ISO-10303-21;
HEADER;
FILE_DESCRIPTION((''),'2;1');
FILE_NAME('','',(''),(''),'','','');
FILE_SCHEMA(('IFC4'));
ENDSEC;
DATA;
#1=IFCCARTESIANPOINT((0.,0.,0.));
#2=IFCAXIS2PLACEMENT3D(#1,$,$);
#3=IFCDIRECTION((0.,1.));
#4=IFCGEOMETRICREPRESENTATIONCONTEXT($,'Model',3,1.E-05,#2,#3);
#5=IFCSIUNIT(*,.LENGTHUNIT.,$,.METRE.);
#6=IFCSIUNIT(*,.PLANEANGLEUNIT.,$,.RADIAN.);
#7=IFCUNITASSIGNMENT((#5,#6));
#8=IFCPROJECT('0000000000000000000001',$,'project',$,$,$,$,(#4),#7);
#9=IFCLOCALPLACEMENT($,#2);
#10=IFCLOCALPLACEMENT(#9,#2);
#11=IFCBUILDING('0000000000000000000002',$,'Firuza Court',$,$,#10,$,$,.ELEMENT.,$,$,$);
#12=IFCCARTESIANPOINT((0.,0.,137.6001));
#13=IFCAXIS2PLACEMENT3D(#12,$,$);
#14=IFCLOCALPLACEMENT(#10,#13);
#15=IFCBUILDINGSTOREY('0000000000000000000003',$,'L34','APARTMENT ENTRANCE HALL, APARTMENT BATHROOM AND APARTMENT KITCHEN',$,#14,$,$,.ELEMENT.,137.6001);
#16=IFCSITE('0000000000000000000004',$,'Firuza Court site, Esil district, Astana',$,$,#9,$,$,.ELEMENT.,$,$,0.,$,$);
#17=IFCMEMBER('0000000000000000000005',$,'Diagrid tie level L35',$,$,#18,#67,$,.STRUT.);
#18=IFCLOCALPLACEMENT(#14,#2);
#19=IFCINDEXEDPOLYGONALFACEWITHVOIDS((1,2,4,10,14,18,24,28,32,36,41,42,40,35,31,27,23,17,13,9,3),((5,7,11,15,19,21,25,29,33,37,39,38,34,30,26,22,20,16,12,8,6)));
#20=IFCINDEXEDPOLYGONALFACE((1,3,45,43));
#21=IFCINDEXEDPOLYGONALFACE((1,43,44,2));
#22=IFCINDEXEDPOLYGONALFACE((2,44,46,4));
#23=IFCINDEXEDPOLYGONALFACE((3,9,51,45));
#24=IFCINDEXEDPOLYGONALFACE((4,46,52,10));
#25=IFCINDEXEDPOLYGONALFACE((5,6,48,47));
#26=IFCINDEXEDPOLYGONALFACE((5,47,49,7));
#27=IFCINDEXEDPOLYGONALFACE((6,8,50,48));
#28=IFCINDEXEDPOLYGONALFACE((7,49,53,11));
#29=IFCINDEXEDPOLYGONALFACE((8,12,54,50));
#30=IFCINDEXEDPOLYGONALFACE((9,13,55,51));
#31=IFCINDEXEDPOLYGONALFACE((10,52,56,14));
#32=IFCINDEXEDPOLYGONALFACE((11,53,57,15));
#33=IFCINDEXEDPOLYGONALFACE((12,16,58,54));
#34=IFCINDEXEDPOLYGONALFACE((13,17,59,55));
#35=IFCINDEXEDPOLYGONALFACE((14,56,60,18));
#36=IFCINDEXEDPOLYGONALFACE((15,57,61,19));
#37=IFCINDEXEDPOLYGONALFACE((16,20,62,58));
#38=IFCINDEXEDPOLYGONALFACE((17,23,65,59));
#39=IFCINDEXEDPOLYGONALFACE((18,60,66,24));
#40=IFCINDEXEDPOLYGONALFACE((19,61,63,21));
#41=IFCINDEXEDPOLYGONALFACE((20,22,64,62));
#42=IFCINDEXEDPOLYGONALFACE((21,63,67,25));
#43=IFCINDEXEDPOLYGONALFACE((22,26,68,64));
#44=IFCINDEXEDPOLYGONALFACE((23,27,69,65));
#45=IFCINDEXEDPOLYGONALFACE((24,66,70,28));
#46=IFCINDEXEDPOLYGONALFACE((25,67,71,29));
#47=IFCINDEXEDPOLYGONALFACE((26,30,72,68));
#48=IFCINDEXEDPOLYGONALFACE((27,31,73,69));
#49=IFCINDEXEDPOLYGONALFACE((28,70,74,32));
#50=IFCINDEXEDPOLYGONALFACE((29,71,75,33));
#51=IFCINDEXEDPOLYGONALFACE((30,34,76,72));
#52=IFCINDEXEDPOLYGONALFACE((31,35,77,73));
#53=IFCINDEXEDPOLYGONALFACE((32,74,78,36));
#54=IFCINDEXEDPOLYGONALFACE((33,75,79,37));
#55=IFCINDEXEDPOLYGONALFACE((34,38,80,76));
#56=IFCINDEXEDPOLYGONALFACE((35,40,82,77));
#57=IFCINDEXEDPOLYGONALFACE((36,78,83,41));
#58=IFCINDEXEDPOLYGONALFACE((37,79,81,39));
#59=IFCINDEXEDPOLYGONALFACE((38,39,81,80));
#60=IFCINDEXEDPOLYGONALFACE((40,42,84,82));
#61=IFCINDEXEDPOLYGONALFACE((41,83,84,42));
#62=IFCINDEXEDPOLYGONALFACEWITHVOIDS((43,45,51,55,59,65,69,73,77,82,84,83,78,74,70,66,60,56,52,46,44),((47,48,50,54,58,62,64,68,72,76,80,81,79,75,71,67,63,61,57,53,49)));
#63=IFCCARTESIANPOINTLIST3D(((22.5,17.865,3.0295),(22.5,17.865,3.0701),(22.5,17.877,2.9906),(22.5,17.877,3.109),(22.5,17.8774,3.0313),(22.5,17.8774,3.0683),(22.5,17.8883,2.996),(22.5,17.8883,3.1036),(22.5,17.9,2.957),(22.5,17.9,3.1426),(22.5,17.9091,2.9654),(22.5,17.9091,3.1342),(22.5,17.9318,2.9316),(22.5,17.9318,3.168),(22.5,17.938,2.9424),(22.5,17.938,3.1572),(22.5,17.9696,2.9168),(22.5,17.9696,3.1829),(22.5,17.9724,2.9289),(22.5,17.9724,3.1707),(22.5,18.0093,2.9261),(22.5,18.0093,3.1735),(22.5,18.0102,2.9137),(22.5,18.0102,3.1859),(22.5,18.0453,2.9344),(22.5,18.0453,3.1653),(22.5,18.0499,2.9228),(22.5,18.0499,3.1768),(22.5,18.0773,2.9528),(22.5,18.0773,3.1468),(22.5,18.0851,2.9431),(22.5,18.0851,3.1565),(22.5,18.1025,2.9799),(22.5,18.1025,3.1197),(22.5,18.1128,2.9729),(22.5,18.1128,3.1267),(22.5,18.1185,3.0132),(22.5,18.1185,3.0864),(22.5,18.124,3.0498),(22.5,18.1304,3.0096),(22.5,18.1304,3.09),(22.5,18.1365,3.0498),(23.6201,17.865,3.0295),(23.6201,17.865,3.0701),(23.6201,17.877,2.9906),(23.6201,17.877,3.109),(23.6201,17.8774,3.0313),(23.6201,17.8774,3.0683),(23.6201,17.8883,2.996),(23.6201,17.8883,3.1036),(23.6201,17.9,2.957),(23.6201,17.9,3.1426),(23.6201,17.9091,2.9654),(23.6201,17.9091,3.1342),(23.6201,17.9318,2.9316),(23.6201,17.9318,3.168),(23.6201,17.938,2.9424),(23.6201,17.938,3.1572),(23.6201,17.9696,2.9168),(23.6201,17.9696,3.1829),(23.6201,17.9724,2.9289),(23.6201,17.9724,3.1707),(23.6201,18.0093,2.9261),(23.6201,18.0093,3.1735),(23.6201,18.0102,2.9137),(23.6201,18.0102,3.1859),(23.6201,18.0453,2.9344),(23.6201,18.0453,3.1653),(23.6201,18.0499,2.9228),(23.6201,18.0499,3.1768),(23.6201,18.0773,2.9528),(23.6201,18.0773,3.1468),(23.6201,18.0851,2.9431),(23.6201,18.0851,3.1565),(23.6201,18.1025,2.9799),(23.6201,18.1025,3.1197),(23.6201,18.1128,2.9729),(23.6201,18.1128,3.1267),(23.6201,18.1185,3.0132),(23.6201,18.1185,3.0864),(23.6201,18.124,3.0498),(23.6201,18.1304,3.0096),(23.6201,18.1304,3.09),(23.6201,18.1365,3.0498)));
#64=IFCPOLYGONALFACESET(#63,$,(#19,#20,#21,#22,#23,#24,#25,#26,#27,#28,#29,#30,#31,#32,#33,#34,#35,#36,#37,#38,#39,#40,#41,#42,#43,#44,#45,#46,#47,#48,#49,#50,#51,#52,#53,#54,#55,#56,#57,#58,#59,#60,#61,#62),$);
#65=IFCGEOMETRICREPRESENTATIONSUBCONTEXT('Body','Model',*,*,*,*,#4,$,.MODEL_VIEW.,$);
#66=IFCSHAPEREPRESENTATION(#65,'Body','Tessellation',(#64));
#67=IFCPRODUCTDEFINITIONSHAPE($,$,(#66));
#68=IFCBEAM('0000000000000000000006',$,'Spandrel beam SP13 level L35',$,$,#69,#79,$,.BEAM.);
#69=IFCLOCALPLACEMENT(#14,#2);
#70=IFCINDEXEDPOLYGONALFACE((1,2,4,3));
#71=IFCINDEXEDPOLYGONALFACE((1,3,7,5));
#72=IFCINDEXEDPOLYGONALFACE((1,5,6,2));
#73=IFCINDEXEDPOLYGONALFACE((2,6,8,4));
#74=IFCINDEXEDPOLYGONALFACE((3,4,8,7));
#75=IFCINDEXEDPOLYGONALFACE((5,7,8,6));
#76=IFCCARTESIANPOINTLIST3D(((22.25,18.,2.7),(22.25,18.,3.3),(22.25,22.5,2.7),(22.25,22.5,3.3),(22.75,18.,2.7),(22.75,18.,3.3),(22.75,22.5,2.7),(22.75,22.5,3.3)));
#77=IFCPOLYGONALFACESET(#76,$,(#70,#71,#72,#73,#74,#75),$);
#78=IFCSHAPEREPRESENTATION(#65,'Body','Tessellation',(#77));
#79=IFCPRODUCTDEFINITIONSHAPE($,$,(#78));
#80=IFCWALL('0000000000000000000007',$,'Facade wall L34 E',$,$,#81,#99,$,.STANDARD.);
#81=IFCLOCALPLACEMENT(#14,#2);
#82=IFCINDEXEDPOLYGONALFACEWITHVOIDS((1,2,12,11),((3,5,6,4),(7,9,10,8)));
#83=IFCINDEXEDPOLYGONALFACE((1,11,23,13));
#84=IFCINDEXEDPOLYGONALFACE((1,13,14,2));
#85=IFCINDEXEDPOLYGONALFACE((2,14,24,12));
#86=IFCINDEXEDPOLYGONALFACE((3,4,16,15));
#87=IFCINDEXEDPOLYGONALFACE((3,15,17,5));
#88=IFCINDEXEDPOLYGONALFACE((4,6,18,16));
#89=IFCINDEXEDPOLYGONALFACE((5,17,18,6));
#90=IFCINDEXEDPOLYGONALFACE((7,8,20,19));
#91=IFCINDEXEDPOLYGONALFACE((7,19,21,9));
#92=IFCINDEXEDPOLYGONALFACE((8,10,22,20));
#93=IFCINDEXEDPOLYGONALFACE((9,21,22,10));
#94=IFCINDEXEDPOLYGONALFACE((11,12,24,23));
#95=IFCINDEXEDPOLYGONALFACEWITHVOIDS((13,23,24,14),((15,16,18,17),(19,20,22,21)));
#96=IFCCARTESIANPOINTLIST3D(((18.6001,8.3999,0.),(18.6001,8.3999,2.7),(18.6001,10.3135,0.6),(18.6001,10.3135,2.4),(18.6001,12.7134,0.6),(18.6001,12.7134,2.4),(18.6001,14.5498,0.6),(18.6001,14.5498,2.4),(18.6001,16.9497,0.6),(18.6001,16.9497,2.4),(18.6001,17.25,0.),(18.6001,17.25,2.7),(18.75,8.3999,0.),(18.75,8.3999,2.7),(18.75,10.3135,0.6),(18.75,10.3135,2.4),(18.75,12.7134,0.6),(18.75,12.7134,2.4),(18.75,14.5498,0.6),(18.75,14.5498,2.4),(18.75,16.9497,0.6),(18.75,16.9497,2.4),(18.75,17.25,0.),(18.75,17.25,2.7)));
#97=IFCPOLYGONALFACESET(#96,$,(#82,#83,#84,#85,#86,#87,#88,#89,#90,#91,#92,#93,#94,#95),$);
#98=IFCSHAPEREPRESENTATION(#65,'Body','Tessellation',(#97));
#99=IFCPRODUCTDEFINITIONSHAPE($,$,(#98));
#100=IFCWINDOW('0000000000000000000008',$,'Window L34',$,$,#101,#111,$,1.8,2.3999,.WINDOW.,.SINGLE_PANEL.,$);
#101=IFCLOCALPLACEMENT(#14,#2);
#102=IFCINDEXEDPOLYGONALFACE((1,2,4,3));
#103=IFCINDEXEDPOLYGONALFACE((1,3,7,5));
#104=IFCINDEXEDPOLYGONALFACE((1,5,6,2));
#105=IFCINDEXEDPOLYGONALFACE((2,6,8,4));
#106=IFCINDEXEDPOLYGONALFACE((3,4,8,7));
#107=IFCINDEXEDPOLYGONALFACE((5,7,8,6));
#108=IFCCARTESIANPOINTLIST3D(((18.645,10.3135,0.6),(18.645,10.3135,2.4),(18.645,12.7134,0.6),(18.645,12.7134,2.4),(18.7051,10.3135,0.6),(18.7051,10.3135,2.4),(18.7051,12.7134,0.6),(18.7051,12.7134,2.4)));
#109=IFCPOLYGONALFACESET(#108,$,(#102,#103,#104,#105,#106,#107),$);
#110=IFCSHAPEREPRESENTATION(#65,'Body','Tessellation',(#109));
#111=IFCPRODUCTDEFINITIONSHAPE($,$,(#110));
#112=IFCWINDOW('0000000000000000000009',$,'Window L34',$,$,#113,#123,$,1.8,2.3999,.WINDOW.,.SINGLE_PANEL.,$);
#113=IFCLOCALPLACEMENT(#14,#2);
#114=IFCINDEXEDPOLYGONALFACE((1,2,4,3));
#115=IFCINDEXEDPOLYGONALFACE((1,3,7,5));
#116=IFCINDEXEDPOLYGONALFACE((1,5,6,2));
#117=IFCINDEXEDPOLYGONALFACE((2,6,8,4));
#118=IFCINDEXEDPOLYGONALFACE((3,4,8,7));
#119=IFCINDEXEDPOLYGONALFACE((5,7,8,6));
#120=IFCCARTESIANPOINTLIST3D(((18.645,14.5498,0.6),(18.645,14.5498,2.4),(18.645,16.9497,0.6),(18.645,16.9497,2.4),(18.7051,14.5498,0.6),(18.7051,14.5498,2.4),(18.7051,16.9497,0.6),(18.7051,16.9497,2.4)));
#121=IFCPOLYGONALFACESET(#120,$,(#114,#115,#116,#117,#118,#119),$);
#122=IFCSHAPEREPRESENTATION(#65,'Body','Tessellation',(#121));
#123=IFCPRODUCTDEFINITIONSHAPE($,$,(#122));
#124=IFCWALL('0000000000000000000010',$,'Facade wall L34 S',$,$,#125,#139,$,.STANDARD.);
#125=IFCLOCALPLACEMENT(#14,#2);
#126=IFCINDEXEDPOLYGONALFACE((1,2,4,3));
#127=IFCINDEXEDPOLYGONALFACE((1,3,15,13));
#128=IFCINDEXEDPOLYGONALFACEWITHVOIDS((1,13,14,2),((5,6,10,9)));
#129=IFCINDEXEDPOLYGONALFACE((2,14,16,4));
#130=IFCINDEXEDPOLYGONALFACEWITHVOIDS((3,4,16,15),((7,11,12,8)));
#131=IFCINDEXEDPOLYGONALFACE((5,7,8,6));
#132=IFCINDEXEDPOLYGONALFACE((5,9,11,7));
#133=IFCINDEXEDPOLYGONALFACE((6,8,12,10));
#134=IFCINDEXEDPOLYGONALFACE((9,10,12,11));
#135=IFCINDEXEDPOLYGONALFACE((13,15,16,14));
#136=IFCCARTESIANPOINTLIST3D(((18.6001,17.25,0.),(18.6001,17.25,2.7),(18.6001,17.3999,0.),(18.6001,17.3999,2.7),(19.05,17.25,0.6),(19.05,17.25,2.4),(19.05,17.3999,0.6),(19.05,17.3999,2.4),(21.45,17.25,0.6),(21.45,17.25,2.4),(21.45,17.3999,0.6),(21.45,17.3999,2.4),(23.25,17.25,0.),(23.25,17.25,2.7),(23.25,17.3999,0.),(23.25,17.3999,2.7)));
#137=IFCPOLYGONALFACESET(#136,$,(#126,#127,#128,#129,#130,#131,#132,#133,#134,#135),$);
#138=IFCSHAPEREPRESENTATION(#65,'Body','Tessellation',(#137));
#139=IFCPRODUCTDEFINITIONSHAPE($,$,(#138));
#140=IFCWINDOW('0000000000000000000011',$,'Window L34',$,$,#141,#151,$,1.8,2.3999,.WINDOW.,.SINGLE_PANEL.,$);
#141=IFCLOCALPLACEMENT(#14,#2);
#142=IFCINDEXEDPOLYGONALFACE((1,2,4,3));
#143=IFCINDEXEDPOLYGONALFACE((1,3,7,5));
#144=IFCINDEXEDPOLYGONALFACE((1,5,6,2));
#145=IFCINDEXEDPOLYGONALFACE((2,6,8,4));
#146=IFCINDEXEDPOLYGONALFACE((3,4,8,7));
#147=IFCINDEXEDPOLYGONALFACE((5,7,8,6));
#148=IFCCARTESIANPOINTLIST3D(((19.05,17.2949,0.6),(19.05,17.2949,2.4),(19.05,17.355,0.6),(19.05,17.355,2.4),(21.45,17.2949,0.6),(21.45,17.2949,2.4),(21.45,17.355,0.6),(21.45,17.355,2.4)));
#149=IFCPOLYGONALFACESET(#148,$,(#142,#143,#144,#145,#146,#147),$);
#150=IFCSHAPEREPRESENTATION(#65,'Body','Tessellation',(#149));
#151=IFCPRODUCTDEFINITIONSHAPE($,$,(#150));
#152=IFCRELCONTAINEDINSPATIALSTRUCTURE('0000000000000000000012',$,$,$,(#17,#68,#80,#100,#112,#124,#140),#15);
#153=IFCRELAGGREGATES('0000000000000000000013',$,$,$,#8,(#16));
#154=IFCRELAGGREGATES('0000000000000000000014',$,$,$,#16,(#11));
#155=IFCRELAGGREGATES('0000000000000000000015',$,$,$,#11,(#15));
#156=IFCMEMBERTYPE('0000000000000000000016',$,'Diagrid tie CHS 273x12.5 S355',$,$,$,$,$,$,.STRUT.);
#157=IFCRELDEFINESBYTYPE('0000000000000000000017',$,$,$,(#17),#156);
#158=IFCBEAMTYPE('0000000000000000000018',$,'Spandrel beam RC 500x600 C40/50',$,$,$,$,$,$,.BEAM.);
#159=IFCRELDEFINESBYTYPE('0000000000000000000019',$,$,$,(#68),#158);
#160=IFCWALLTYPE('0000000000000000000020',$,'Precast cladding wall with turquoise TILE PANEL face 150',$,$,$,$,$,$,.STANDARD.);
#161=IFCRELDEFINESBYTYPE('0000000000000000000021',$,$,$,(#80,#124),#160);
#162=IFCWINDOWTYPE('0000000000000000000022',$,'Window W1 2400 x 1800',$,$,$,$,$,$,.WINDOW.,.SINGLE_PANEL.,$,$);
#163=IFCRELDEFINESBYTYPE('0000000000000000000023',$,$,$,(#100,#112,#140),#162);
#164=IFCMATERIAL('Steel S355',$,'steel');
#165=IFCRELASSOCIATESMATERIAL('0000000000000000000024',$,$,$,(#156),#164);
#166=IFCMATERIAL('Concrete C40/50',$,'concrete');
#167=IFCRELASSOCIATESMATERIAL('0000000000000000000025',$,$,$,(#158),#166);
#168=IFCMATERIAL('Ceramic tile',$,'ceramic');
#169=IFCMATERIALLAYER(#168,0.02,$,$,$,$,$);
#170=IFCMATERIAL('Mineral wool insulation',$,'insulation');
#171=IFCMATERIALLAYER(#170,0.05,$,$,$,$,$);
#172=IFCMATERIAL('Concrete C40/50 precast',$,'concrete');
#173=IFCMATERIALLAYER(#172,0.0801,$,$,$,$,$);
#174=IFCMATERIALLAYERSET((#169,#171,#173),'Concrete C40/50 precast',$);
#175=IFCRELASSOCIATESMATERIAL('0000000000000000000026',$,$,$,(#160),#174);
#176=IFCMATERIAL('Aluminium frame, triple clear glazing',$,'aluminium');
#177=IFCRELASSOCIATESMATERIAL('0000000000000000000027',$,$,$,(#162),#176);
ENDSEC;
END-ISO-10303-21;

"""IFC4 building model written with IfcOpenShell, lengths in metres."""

from ifc_helpers import new_model, si_unit, direction, frame, frame_2d, origin, origin_2d, place, context, subcontext, project, spatial, rectangle, hollow_circle, extrude, material, layer, layer_set, material_profile, profile_set, type_object, element, fill, save


model = new_model("IFC4")

# Units and contexts
model_context = context("Model", 3, precision=1e-05, world=origin(), true_north=direction((0.0, 1.0)))
body_context = subcontext(model_context, "Body", "Model", "MODEL_VIEW")
ifc_project = project(units=[si_unit("LENGTHUNIT", "METRE"), si_unit("PLANEANGLEUNIT", "RADIAN")], contexts=[model_context])

# Site, building, storey
site_placement = place(None, origin())
site = spatial("IfcSite", under=ifc_project, at=site_placement, Name="Firuza Court site, Esil district, Astana", CompositionType="ELEMENT", RefElevation=0.0)
building_placement = place(site_placement, origin())
building = spatial("IfcBuilding", under=site, at=building_placement, Name="Firuza Court", CompositionType="ELEMENT")
storey_placement = place(building_placement, frame((0.0, 0.0, 137.6001)))
storey = spatial("IfcBuildingStorey", under=building, at=storey_placement, Name="L34", Description="APARTMENT ENTRANCE HALL, APARTMENT BATHROOM AND APARTMENT KITCHEN", CompositionType="ELEMENT", Elevation=137.6001)

# Member
ifc_material_1 = material(Name="Steel S355", Category="steel")
ifc_material_profile_1 = material_profile(ifc_material_1, hollow_circle(Radius=0.1365, WallThickness=0.0125, at=origin_2d()), Name="CHS 273x12.5")
ifc_profile_set_1 = profile_set([ifc_material_profile_1], Name="Steel S355")
member_type_1 = type_object("IfcMemberType", Name="Diagrid tie CHS 273x12.5 S355", PredefinedType="STRUT", material=ifc_profile_set_1)
member_placement = place(storey_placement, frame((22.5, 18.0, 3.0498), z_axis=(1.0, 0.0, 0.0), x_axis=(0.0, 1.0, 0.0)))
element("IfcMember", 1, at=member_placement, inside=storey, type_object=member_type_1, Name="Diagrid tie level L35", PredefinedType="STRUT", context=body_context, shape_type="SweptSolid", body=[
    extrude(hollow_circle(Radius=0.1365, WallThickness=0.0125, at=origin_2d()), origin(), (0.0, 0.0, 1.0), 1.1201),
])

# Beam
ifc_material_2 = material(Name="Concrete C40/50", Category="concrete")
ifc_material_profile_2 = material_profile(ifc_material_2, rectangle(XDim=0.5, YDim=0.6001, at=origin_2d()), Name="RC 500x600")
ifc_profile_set_2 = profile_set([ifc_material_profile_2], Name="Concrete C40/50")
beam_type = type_object("IfcBeamType", Name="Spandrel beam RC 500x600 C40/50", PredefinedType="BEAM", material=ifc_profile_set_2)
beam_placement = place(storey_placement, frame((22.5, 18.0, 3.0), z_axis=(0.0, 1.0, 0.0), x_axis=(-1.0, 0.0, 0.0)))
element("IfcBeam", 2, at=beam_placement, inside=storey, type_object=beam_type, Name="Spandrel beam SP13 level L35", PredefinedType="BEAM", context=body_context, shape_type="SweptSolid", body=[
    extrude(rectangle(XDim=0.5, YDim=0.6001, at=origin_2d()), origin(), (0.0, 0.0, 1.0), 4.5),
])

# Wall, openings, windows
ifc_material_3 = material(Name="Ceramic tile", Category="ceramic")
ifc_layer_1 = layer(ifc_material_3, 0.02)
ifc_material_4 = material(Name="Mineral wool insulation", Category="insulation")
ifc_layer_2 = layer(ifc_material_4, 0.05)
ifc_material_5 = material(Name="Concrete C40/50 precast", Category="concrete")
ifc_layer_3 = layer(ifc_material_5, 0.0801)
ifc_layer_set = layer_set([ifc_layer_1, ifc_layer_2, ifc_layer_3], Name="Concrete C40/50 precast")
wall_type = type_object("IfcWallType", Name="Precast cladding wall with turquoise TILE PANEL face 150", PredefinedType="STANDARD", material=ifc_layer_set)
wall_1_placement = place(storey_placement, frame((18.675, 8.3999, 0.0), z_axis=(0.0, 0.0, 1.0), x_axis=(0.0, 1.0, 0.0)))
wall_1 = element("IfcWall", 3, at=wall_1_placement, inside=storey, type_object=wall_type, Name="Facade wall L34 E", PredefinedType="STANDARD", context=body_context, shape_type="SweptSolid", body=[
    extrude(rectangle(XDim=8.8501, YDim=0.1499, at=frame_2d((4.425, 0.0))), origin(), (0.0, 0.0, 1.0), 2.7),
])
opening_1_placement = place(wall_1_placement, frame((1.9136, 0.0, 0.6001)))
opening_1 = element("IfcOpeningElement", 4, at=opening_1_placement, cuts=wall_1, PredefinedType="OPENING", context=body_context, shape_type="SweptSolid", body=[
    extrude(rectangle(XDim=2.3999, YDim=1.8, at=frame_2d((1.2, 0.8999))), frame((0.0, 0.0869, 0.0), z_axis=(0.0, -1.0, 0.0), x_axis=(1.0, 0.0, 0.0)), (0.0, 0.0, 1.0), 0.1738),
])
opening_2_placement = place(wall_1_placement, frame((6.1499, 0.0, 0.6001)))
opening_2 = element("IfcOpeningElement", 5, at=opening_2_placement, cuts=wall_1, PredefinedType="OPENING", context=body_context, shape_type="SweptSolid", body=[
    extrude(rectangle(XDim=2.3999, YDim=1.8, at=frame_2d((1.2, 0.8999))), frame((0.0, 0.0869, 0.0), z_axis=(0.0, -1.0, 0.0), x_axis=(1.0, 0.0, 0.0)), (0.0, 0.0, 1.0), 0.1738),
])
ifc_material_6 = material(Name="Aluminium frame, triple clear glazing", Category="aluminium")
window_type_1 = type_object("IfcWindowType", Name="Window W1 2400 x 1800", PartitioningType="SINGLE_PANEL", PredefinedType="WINDOW", material=ifc_material_6)
window_1_placement = place(opening_1_placement, origin())
window_1 = element("IfcWindow", 6, at=window_1_placement, inside=storey, type_object=window_type_1, Name="Window L34", OverallHeight=1.8, OverallWidth=2.3999, PartitioningType="SINGLE_PANEL", PredefinedType="WINDOW", context=body_context, shape_type="SweptSolid", body=[
    extrude(rectangle(XDim=2.3999, YDim=1.8, at=frame_2d((1.2, 0.8999))), frame((0.0, 0.03, 0.0), z_axis=(0.0, -1.0, 0.0), x_axis=(1.0, 0.0, 0.0)), (0.0, 0.0, 1.0), 0.0601),
])
fill(opening_1, window_1)
window_2_placement = place(opening_2_placement, origin())
window_2 = element("IfcWindow", 7, at=window_2_placement, inside=storey, type_object=window_type_1, Name="Window L34", OverallHeight=1.8, OverallWidth=2.3999, PartitioningType="SINGLE_PANEL", PredefinedType="WINDOW", context=body_context, shape_type="SweptSolid", body=[
    extrude(rectangle(XDim=2.3999, YDim=1.8, at=frame_2d((1.2, 0.8999))), frame((0.0, 0.03, 0.0), z_axis=(0.0, -1.0, 0.0), x_axis=(1.0, 0.0, 0.0)), (0.0, 0.0, 1.0), 0.0601),
])
fill(opening_2, window_2)

# Wall, opening, window
wall_2_placement = place(storey_placement, frame((18.6001, 17.325, 0.0), z_axis=(0.0, 0.0, 1.0), x_axis=(1.0, 0.0, 0.0)))
wall_2 = element("IfcWall", 8, at=wall_2_placement, inside=storey, type_object=wall_type, Name="Facade wall L34 S", PredefinedType="STANDARD", context=body_context, shape_type="SweptSolid", body=[
    extrude(rectangle(XDim=4.6499, YDim=0.1499, at=frame_2d((2.325, 0.0))), origin(), (0.0, 0.0, 1.0), 2.7),
])
opening_3_placement = place(wall_2_placement, frame((0.45, 0.0, 0.6001)))
opening_3 = element("IfcOpeningElement", 9, at=opening_3_placement, cuts=wall_2, PredefinedType="OPENING", context=body_context, shape_type="SweptSolid", body=[
    extrude(rectangle(XDim=2.3999, YDim=1.8, at=frame_2d((1.2, 0.8999))), frame((0.0, 0.0869, 0.0), z_axis=(0.0, -1.0, 0.0), x_axis=(1.0, 0.0, 0.0)), (0.0, 0.0, 1.0), 0.1738),
])
window_3_placement = place(opening_3_placement, origin())
window_3 = element("IfcWindow", 10, at=window_3_placement, inside=storey, type_object=window_type_1, Name="Window L34", OverallHeight=1.8, OverallWidth=2.3999, PartitioningType="SINGLE_PANEL", PredefinedType="WINDOW", context=body_context, shape_type="SweptSolid", body=[
    extrude(rectangle(XDim=2.3999, YDim=1.8, at=frame_2d((1.2, 0.8999))), frame((0.0, 0.03, 0.0), z_axis=(0.0, -1.0, 0.0), x_axis=(1.0, 0.0, 0.0)), (0.0, 0.0, 1.0), 0.0601),
])
fill(opening_3, window_3)

save(model, "model.ifc")
